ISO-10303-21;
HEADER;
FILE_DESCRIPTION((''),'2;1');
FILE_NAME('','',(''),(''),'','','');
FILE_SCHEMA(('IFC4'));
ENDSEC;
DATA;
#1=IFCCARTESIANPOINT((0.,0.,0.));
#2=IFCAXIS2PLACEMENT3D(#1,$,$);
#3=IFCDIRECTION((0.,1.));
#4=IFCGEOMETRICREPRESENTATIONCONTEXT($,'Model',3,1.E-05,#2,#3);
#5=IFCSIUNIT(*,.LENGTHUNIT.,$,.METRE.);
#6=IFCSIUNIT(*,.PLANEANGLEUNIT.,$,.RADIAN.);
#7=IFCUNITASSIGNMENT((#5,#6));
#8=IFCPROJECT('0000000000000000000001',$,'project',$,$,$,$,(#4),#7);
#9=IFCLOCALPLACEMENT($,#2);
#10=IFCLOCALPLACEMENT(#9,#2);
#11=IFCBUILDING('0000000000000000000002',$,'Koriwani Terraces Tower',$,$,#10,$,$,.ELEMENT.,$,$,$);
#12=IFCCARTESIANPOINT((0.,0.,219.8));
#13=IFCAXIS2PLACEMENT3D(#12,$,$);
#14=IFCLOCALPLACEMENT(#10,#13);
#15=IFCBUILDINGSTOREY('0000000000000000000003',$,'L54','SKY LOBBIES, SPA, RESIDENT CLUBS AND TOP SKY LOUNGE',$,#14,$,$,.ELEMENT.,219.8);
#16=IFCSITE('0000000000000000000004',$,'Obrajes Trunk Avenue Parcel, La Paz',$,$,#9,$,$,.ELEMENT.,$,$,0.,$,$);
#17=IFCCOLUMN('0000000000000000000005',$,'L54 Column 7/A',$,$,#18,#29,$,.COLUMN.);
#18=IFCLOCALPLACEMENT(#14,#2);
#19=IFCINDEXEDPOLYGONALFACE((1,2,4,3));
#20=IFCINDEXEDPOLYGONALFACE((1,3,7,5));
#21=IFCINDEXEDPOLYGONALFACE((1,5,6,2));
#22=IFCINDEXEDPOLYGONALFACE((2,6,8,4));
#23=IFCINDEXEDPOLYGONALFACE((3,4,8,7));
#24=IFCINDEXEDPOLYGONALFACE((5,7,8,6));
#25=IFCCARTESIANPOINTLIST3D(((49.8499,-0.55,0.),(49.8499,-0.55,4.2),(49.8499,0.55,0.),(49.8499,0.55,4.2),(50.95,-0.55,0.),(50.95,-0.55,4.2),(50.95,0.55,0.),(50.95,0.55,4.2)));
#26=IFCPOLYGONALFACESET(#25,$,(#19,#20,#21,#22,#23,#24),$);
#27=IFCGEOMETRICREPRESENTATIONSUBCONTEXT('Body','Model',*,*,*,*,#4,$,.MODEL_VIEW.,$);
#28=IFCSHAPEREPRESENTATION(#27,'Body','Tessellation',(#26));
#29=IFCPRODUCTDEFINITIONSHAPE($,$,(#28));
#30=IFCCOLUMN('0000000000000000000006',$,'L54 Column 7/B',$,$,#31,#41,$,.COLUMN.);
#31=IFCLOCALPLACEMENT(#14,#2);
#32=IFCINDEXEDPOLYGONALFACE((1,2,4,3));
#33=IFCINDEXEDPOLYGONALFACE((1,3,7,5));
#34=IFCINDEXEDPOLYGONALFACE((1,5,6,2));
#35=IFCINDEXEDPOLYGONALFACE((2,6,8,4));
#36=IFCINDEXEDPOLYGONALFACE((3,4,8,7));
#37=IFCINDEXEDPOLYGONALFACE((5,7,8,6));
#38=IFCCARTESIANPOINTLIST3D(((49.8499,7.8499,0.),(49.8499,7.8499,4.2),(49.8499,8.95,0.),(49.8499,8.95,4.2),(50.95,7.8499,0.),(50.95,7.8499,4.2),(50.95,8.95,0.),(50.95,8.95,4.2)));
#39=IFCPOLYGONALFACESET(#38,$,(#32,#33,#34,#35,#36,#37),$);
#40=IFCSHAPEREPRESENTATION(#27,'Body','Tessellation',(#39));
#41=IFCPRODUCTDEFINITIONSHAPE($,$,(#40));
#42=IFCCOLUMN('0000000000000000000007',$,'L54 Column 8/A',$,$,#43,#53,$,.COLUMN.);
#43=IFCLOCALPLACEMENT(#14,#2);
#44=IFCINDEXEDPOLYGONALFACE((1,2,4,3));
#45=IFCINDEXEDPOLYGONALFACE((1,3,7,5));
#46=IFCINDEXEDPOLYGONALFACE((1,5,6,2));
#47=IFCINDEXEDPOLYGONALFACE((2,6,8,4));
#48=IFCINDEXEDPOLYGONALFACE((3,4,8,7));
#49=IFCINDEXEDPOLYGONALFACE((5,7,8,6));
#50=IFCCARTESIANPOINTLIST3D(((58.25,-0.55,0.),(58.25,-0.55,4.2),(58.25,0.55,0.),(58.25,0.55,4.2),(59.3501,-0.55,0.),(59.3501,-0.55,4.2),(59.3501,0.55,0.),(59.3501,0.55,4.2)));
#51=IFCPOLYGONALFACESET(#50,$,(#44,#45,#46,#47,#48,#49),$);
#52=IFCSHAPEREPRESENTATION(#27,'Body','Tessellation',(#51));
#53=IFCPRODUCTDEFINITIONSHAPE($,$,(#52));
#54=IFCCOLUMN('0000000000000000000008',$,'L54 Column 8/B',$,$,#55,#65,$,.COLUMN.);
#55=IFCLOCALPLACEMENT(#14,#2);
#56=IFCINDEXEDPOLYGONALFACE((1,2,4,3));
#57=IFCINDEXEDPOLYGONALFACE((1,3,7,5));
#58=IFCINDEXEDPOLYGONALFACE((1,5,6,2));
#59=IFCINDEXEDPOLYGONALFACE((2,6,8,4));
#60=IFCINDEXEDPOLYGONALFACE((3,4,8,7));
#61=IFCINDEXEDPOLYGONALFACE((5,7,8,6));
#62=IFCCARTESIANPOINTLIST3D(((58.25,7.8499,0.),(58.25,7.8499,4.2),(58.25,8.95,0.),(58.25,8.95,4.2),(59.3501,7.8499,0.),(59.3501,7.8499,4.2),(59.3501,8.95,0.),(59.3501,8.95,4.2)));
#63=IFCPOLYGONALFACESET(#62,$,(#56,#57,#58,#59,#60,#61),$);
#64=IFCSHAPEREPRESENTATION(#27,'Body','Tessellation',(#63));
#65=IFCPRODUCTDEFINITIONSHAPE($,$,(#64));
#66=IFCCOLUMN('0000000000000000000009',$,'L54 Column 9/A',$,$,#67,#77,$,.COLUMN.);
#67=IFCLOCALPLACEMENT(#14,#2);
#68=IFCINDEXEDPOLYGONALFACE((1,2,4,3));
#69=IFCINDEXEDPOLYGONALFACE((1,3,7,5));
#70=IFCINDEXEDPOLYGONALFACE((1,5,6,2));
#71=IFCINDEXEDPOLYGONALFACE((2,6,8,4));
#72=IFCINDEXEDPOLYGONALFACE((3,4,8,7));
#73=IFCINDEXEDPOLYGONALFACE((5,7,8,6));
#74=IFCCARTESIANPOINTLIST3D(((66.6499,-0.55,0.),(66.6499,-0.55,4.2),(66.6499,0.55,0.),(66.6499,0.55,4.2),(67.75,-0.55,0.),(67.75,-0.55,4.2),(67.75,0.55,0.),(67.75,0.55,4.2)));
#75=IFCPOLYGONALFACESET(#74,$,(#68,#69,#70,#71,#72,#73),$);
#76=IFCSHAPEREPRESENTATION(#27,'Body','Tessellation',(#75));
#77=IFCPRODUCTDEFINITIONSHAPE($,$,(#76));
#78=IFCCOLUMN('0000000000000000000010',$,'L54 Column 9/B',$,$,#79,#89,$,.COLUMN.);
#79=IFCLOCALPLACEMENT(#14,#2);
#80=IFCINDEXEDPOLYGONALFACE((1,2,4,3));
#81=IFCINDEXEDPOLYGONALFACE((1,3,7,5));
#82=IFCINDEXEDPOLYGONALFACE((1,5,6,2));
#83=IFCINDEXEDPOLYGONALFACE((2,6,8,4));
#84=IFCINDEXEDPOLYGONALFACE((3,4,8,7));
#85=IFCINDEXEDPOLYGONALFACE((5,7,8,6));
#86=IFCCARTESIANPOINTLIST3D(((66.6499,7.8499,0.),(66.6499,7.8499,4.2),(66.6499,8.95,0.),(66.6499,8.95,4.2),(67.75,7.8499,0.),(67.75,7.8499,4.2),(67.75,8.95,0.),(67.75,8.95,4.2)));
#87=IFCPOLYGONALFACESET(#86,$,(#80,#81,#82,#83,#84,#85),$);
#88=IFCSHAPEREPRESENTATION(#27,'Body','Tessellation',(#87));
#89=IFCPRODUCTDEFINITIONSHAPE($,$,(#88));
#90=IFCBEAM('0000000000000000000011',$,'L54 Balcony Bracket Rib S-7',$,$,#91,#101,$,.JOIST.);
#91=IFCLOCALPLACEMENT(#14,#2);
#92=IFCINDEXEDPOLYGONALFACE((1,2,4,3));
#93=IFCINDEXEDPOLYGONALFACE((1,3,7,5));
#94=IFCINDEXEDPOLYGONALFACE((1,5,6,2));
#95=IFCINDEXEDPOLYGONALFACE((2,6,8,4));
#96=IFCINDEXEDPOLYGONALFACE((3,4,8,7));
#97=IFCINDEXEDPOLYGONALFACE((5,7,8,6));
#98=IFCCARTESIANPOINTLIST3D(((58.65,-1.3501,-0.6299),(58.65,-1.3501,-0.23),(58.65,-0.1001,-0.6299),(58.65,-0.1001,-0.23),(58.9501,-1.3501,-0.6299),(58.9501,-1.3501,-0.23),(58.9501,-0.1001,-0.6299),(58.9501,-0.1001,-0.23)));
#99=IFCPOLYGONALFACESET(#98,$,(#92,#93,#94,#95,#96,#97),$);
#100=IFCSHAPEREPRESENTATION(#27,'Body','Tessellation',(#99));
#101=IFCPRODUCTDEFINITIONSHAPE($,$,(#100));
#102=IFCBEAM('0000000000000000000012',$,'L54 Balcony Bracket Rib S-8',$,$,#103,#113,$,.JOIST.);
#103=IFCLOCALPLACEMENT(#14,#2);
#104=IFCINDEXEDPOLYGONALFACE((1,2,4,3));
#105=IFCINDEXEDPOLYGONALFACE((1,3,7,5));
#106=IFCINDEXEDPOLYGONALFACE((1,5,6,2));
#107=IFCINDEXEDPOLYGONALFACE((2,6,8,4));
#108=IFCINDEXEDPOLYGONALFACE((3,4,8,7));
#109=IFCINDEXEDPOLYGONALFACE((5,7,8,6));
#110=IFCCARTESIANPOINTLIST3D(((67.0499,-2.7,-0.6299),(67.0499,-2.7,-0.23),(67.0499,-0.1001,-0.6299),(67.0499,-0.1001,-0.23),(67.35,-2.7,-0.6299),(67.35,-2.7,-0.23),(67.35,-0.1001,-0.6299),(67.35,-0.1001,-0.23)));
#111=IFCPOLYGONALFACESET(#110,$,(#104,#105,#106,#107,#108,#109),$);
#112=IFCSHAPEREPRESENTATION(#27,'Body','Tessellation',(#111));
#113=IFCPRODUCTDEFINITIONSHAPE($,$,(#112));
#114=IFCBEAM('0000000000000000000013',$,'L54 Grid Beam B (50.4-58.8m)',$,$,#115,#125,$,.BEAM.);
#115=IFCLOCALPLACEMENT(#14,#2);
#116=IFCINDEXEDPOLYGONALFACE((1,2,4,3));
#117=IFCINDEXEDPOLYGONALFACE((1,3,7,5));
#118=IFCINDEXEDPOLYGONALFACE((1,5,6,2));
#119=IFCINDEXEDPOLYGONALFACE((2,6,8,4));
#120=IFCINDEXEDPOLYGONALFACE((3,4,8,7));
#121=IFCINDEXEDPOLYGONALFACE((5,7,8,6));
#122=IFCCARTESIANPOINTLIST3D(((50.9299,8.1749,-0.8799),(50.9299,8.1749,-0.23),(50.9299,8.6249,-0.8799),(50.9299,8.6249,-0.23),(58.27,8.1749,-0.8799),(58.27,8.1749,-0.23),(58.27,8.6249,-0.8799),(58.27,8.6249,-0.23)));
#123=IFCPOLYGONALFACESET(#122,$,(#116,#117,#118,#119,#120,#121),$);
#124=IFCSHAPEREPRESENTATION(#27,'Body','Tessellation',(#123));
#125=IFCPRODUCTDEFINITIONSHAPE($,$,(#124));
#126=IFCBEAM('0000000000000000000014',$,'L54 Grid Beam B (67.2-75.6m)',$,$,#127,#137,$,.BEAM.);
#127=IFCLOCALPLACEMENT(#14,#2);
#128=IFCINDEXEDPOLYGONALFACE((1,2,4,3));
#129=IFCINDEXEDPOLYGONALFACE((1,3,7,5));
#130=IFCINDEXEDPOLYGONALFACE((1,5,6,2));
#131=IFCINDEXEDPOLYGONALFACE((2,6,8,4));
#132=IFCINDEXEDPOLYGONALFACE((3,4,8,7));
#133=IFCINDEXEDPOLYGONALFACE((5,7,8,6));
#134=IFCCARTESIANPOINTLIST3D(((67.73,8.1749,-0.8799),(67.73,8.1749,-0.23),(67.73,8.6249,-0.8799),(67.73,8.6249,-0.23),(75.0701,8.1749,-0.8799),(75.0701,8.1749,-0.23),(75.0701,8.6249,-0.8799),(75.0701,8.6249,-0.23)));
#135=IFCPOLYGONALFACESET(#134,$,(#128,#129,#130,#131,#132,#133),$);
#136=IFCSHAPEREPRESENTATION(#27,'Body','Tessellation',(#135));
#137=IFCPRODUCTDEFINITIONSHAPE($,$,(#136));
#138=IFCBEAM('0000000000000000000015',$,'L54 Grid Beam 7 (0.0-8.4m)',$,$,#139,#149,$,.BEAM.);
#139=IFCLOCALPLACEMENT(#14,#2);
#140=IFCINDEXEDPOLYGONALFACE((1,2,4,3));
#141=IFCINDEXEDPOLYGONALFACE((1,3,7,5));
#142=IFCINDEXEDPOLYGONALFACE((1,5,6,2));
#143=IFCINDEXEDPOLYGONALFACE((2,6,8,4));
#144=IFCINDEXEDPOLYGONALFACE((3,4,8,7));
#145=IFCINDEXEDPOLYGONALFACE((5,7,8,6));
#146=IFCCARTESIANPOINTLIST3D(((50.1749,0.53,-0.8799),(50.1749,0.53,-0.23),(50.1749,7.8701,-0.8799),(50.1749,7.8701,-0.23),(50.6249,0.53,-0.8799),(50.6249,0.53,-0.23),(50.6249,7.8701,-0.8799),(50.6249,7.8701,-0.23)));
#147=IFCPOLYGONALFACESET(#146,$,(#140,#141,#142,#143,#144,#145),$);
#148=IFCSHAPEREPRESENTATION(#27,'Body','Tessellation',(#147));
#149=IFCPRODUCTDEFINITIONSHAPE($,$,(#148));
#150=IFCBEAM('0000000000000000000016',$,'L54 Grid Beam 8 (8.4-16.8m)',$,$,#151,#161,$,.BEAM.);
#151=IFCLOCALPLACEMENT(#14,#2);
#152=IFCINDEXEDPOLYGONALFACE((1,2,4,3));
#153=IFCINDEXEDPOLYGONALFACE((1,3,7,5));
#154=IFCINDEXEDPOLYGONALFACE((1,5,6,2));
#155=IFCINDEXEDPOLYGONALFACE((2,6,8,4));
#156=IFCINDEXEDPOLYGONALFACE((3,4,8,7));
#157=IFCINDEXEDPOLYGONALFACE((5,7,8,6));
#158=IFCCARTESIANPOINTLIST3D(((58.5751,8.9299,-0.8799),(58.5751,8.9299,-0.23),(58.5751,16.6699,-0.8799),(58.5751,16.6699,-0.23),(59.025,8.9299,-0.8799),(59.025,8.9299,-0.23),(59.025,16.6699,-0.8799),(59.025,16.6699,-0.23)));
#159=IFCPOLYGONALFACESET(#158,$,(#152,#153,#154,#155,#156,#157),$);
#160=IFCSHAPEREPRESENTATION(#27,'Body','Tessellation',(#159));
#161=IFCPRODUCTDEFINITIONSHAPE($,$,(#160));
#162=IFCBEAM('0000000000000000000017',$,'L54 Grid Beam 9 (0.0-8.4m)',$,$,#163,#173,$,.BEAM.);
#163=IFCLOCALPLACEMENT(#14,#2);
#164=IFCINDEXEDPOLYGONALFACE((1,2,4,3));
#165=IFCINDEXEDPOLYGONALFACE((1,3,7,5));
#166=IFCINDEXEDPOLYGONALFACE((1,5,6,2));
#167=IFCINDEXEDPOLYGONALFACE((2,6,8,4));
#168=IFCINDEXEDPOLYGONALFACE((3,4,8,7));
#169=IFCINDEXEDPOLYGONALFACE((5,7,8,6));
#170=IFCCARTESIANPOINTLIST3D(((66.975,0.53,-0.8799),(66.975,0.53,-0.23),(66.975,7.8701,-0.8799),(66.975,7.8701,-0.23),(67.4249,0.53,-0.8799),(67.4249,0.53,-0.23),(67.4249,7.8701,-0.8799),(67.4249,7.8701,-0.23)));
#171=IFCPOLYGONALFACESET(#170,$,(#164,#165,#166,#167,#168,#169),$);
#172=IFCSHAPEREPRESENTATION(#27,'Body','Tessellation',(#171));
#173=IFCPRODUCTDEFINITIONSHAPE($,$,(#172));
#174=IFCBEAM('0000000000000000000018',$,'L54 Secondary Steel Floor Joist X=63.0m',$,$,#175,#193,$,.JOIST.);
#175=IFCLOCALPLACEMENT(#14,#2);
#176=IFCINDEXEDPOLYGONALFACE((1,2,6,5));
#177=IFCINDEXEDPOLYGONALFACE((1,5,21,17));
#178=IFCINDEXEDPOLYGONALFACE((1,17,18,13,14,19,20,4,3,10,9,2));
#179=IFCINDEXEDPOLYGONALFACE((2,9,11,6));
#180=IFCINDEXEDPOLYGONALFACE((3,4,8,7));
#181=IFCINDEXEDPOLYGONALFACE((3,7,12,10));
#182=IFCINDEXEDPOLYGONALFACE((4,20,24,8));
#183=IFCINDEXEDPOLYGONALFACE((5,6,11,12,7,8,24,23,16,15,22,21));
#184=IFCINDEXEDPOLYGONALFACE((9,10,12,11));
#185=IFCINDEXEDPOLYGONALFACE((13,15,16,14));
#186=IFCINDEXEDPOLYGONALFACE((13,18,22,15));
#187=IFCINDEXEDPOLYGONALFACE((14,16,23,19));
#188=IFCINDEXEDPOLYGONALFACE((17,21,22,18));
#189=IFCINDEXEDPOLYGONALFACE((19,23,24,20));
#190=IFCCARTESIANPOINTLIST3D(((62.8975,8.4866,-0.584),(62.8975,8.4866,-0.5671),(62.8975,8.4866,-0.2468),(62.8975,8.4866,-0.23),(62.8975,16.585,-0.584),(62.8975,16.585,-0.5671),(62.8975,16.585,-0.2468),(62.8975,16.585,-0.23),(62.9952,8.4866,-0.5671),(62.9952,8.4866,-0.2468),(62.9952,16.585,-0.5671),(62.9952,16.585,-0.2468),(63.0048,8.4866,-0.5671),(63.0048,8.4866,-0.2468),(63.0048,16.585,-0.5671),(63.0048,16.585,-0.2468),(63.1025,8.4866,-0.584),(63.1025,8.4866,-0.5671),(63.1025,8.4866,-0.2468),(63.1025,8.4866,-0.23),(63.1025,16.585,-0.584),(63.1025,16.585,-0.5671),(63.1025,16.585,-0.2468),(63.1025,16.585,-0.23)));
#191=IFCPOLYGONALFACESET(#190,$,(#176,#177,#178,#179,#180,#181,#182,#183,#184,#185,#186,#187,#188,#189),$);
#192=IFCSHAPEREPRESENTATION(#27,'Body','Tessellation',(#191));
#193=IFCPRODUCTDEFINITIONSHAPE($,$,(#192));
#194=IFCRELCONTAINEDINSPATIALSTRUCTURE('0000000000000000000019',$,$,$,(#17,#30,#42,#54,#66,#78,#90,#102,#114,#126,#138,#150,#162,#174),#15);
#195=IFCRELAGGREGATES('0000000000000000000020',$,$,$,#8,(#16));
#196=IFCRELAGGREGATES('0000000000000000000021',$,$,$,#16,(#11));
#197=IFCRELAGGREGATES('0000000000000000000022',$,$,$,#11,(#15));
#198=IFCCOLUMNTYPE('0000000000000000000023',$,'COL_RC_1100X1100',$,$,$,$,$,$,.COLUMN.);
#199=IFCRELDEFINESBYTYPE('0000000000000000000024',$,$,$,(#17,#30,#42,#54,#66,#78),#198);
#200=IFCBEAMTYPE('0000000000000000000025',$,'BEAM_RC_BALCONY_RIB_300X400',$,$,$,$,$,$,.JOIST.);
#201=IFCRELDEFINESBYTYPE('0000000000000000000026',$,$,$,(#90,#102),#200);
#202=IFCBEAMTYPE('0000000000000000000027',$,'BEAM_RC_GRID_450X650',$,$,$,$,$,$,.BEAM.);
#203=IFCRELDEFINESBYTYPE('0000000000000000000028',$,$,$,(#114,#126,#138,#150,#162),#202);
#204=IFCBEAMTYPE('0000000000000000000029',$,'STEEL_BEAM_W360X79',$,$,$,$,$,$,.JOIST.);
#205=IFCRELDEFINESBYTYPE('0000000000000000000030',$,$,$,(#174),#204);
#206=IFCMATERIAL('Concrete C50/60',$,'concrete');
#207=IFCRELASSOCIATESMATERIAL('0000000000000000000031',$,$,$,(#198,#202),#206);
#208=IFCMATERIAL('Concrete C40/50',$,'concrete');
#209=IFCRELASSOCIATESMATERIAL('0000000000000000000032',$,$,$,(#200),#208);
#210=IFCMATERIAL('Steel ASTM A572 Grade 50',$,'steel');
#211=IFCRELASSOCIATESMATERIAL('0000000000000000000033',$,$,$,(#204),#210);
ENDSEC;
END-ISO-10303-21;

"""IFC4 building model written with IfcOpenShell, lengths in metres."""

from ifc_helpers import new_model, si_unit, direction, frame, origin, origin_2d, place, context, subcontext, project, spatial, rectangle, i_section, extrude, material, material_profile, profile_set, type_object, element, save


model = new_model("IFC4")

# Units and contexts
model_context = context("Model", 3, precision=1e-05, world=origin(), true_north=direction((0.0, 1.0)))
body_context = subcontext(model_context, "Body", "Model", "MODEL_VIEW")
ifc_project = project(units=[si_unit("LENGTHUNIT", "METRE"), si_unit("PLANEANGLEUNIT", "RADIAN")], contexts=[model_context])

# Site, building, storey
site_placement = place(None, origin())
site = spatial("IfcSite", under=ifc_project, at=site_placement, Name="Obrajes Trunk Avenue Parcel, La Paz", CompositionType="ELEMENT", RefElevation=0.0)
building_placement = place(site_placement, origin())
building = spatial("IfcBuilding", under=site, at=building_placement, Name="Koriwani Terraces Tower", CompositionType="ELEMENT")
storey_placement = place(building_placement, frame((0.0, 0.0, 219.8)))
storey = spatial("IfcBuildingStorey", under=building, at=storey_placement, Name="L54", Description="SKY LOBBIES, SPA, RESIDENT CLUBS AND TOP SKY LOUNGE", CompositionType="ELEMENT", Elevation=219.8)

# Columns
ifc_material_1 = material(Name="Concrete C50/60", Category="concrete")
ifc_material_profile_1 = material_profile(ifc_material_1, rectangle(XDim=1.1001, YDim=1.1001, at=origin_2d()), Name="Concrete C50/60", Category="LoadBearing")
ifc_profile_set_1 = profile_set([ifc_material_profile_1], Name="Concrete C50/60")
column_type = type_object("IfcColumnType", Name="COL_RC_1100X1100", PredefinedType="COLUMN", material=ifc_profile_set_1)
for number, where, z_axis, x_axis, name in (
    (1, (50.3999, 0.0, 0.0), (0.0, 0.0, 1.0), (1.0, 0.0, 0.0), "L54 Column 7/A"),
    (2, (50.3999, 8.3999, 0.0), (0.0, 0.0, 1.0), (1.0, 0.0, 0.0), "L54 Column 7/B"),
    (3, (58.8, 0.0, 0.0), (0.0, 0.0, 1.0), (1.0, 0.0, 0.0), "L54 Column 8/A"),
    (4, (58.8, 8.3999, 0.0), (0.0, 0.0, 1.0), (1.0, 0.0, 0.0), "L54 Column 8/B"),
    (5, (67.2, 0.0, 0.0), (0.0, 0.0, 1.0), (1.0, 0.0, 0.0), "L54 Column 9/A"),
    (6, (67.2, 8.3999, 0.0), (0.0, 0.0, 1.0), (1.0, 0.0, 0.0), "L54 Column 9/B"),
):
    element("IfcColumn", number, at=place(storey_placement, frame(where, z_axis=z_axis, x_axis=x_axis)), inside=storey, type_object=column_type, Name=name, PredefinedType="COLUMN", context=body_context, shape_type="SweptSolid", body=[
        extrude(rectangle(XDim=1.1001, YDim=1.1001, at=origin_2d()), origin(), (0.0, 0.0, 1.0), 4.2),
    ])

# Beams
ifc_material_2 = material(Name="Concrete C40/50", Category="concrete")
ifc_material_profile_2 = material_profile(ifc_material_2, rectangle(XDim=0.3, YDim=0.3999, at=origin_2d()), Name="Concrete C40/50", Category="LoadBearing")
ifc_profile_set_2 = profile_set([ifc_material_profile_2], Name="Concrete C40/50")
beam_type_1 = type_object("IfcBeamType", Name="BEAM_RC_BALCONY_RIB_300X400", PredefinedType="JOIST", material=ifc_profile_set_2)
beam_1_placement = place(storey_placement, frame((58.8, -1.3501, -0.4299), z_axis=(0.0, 1.0, 0.0), x_axis=(-1.0, 0.0, 0.0)))
element("IfcBeam", 7, at=beam_1_placement, inside=storey, type_object=beam_type_1, Name="L54 Balcony Bracket Rib S-7", PredefinedType="JOIST", context=body_context, shape_type="SweptSolid", body=[
    extrude(rectangle(XDim=0.3, YDim=0.3999, at=origin_2d()), origin(), (0.0, 0.0, 1.0), 1.25),
])
beam_2_placement = place(storey_placement, frame((67.2, -2.7, -0.4299), z_axis=(0.0, 1.0, 0.0), x_axis=(-1.0, 0.0, 0.0)))
element("IfcBeam", 8, at=beam_2_placement, inside=storey, type_object=beam_type_1, Name="L54 Balcony Bracket Rib S-8", PredefinedType="JOIST", context=body_context, shape_type="SweptSolid", body=[
    extrude(rectangle(XDim=0.3, YDim=0.3999, at=origin_2d()), origin(), (0.0, 0.0, 1.0), 2.5999),
])
ifc_material_profile_3 = material_profile(ifc_material_1, rectangle(XDim=0.45, YDim=0.6499, at=origin_2d()), Name="Concrete C50/60", Category="LoadBearing")
ifc_profile_set_3 = profile_set([ifc_material_profile_3], Name="Concrete C50/60")
beam_type_2 = type_object("IfcBeamType", Name="BEAM_RC_GRID_450X650", PredefinedType="BEAM", material=ifc_profile_set_3)
for number, where, z_axis, x_axis, name in (
    (9, (50.9299, 8.3999, -0.5549), (1.0, 0.0, 0.0), (0.0, 1.0, 0.0), "L54 Grid Beam B (50.4-58.8m)"),
    (10, (67.73, 8.3999, -0.5549), (1.0, 0.0, 0.0), (0.0, 1.0, 0.0), "L54 Grid Beam B (67.2-75.6m)"),
    (11, (50.3999, 0.53, -0.5549), (0.0, 1.0, 0.0), (-1.0, 0.0, 0.0), "L54 Grid Beam 7 (0.0-8.4m)"),
):
    element("IfcBeam", number, at=place(storey_placement, frame(where, z_axis=z_axis, x_axis=x_axis)), inside=storey, type_object=beam_type_2, Name=name, PredefinedType="BEAM", context=body_context, shape_type="SweptSolid", body=[
        extrude(rectangle(XDim=0.45, YDim=0.6499, at=origin_2d()), origin(), (0.0, 0.0, 1.0), 7.3401),
    ])
beam_3_placement = place(storey_placement, frame((58.8, 8.9299, -0.5549), z_axis=(0.0, 1.0, 0.0), x_axis=(-1.0, 0.0, 0.0)))
element("IfcBeam", 12, at=beam_3_placement, inside=storey, type_object=beam_type_2, Name="L54 Grid Beam 8 (8.4-16.8m)", PredefinedType="BEAM", context=body_context, shape_type="SweptSolid", body=[
    extrude(rectangle(XDim=0.45, YDim=0.6499, at=origin_2d()), origin(), (0.0, 0.0, 1.0), 7.74),
])
beam_4_placement = place(storey_placement, frame((67.2, 0.53, -0.5549), z_axis=(0.0, 1.0, 0.0), x_axis=(-1.0, 0.0, 0.0)))
element("IfcBeam", 13, at=beam_4_placement, inside=storey, type_object=beam_type_2, Name="L54 Grid Beam 9 (0.0-8.4m)", PredefinedType="BEAM", context=body_context, shape_type="SweptSolid", body=[
    extrude(rectangle(XDim=0.45, YDim=0.6499, at=origin_2d()), origin(), (0.0, 0.0, 1.0), 7.3401),
])
ifc_material_3 = material(Name="Steel ASTM A572 Grade 50", Category="steel")
ifc_material_profile_4 = material_profile(ifc_material_3, i_section(OverallWidth=0.2051, OverallDepth=0.354, WebThickness=0.0095, FlangeThickness=0.0168, at=origin_2d()), Name="Steel ASTM A572 Grade 50", Category="LoadBearing")
ifc_profile_set_4 = profile_set([ifc_material_profile_4], Name="Steel ASTM A572 Grade 50")
beam_type_3 = type_object("IfcBeamType", Name="STEEL_BEAM_W360X79", PredefinedType="JOIST", material=ifc_profile_set_4)
beam_5_placement = place(storey_placement, frame((63.0, 8.4866, -0.407), z_axis=(0.0, 1.0, 0.0), x_axis=(-1.0, 0.0, 0.0)))
element("IfcBeam", 14, at=beam_5_placement, inside=storey, type_object=beam_type_3, Name="L54 Secondary Steel Floor Joist X=63.0m", PredefinedType="JOIST", context=body_context, shape_type="SweptSolid", body=[
    extrude(i_section(OverallWidth=0.2051, OverallDepth=0.354, WebThickness=0.0095, FlangeThickness=0.0168, at=origin_2d()), origin(), (0.0, 0.0, 1.0), 8.0984),
])

save(model, "model.ifc")
